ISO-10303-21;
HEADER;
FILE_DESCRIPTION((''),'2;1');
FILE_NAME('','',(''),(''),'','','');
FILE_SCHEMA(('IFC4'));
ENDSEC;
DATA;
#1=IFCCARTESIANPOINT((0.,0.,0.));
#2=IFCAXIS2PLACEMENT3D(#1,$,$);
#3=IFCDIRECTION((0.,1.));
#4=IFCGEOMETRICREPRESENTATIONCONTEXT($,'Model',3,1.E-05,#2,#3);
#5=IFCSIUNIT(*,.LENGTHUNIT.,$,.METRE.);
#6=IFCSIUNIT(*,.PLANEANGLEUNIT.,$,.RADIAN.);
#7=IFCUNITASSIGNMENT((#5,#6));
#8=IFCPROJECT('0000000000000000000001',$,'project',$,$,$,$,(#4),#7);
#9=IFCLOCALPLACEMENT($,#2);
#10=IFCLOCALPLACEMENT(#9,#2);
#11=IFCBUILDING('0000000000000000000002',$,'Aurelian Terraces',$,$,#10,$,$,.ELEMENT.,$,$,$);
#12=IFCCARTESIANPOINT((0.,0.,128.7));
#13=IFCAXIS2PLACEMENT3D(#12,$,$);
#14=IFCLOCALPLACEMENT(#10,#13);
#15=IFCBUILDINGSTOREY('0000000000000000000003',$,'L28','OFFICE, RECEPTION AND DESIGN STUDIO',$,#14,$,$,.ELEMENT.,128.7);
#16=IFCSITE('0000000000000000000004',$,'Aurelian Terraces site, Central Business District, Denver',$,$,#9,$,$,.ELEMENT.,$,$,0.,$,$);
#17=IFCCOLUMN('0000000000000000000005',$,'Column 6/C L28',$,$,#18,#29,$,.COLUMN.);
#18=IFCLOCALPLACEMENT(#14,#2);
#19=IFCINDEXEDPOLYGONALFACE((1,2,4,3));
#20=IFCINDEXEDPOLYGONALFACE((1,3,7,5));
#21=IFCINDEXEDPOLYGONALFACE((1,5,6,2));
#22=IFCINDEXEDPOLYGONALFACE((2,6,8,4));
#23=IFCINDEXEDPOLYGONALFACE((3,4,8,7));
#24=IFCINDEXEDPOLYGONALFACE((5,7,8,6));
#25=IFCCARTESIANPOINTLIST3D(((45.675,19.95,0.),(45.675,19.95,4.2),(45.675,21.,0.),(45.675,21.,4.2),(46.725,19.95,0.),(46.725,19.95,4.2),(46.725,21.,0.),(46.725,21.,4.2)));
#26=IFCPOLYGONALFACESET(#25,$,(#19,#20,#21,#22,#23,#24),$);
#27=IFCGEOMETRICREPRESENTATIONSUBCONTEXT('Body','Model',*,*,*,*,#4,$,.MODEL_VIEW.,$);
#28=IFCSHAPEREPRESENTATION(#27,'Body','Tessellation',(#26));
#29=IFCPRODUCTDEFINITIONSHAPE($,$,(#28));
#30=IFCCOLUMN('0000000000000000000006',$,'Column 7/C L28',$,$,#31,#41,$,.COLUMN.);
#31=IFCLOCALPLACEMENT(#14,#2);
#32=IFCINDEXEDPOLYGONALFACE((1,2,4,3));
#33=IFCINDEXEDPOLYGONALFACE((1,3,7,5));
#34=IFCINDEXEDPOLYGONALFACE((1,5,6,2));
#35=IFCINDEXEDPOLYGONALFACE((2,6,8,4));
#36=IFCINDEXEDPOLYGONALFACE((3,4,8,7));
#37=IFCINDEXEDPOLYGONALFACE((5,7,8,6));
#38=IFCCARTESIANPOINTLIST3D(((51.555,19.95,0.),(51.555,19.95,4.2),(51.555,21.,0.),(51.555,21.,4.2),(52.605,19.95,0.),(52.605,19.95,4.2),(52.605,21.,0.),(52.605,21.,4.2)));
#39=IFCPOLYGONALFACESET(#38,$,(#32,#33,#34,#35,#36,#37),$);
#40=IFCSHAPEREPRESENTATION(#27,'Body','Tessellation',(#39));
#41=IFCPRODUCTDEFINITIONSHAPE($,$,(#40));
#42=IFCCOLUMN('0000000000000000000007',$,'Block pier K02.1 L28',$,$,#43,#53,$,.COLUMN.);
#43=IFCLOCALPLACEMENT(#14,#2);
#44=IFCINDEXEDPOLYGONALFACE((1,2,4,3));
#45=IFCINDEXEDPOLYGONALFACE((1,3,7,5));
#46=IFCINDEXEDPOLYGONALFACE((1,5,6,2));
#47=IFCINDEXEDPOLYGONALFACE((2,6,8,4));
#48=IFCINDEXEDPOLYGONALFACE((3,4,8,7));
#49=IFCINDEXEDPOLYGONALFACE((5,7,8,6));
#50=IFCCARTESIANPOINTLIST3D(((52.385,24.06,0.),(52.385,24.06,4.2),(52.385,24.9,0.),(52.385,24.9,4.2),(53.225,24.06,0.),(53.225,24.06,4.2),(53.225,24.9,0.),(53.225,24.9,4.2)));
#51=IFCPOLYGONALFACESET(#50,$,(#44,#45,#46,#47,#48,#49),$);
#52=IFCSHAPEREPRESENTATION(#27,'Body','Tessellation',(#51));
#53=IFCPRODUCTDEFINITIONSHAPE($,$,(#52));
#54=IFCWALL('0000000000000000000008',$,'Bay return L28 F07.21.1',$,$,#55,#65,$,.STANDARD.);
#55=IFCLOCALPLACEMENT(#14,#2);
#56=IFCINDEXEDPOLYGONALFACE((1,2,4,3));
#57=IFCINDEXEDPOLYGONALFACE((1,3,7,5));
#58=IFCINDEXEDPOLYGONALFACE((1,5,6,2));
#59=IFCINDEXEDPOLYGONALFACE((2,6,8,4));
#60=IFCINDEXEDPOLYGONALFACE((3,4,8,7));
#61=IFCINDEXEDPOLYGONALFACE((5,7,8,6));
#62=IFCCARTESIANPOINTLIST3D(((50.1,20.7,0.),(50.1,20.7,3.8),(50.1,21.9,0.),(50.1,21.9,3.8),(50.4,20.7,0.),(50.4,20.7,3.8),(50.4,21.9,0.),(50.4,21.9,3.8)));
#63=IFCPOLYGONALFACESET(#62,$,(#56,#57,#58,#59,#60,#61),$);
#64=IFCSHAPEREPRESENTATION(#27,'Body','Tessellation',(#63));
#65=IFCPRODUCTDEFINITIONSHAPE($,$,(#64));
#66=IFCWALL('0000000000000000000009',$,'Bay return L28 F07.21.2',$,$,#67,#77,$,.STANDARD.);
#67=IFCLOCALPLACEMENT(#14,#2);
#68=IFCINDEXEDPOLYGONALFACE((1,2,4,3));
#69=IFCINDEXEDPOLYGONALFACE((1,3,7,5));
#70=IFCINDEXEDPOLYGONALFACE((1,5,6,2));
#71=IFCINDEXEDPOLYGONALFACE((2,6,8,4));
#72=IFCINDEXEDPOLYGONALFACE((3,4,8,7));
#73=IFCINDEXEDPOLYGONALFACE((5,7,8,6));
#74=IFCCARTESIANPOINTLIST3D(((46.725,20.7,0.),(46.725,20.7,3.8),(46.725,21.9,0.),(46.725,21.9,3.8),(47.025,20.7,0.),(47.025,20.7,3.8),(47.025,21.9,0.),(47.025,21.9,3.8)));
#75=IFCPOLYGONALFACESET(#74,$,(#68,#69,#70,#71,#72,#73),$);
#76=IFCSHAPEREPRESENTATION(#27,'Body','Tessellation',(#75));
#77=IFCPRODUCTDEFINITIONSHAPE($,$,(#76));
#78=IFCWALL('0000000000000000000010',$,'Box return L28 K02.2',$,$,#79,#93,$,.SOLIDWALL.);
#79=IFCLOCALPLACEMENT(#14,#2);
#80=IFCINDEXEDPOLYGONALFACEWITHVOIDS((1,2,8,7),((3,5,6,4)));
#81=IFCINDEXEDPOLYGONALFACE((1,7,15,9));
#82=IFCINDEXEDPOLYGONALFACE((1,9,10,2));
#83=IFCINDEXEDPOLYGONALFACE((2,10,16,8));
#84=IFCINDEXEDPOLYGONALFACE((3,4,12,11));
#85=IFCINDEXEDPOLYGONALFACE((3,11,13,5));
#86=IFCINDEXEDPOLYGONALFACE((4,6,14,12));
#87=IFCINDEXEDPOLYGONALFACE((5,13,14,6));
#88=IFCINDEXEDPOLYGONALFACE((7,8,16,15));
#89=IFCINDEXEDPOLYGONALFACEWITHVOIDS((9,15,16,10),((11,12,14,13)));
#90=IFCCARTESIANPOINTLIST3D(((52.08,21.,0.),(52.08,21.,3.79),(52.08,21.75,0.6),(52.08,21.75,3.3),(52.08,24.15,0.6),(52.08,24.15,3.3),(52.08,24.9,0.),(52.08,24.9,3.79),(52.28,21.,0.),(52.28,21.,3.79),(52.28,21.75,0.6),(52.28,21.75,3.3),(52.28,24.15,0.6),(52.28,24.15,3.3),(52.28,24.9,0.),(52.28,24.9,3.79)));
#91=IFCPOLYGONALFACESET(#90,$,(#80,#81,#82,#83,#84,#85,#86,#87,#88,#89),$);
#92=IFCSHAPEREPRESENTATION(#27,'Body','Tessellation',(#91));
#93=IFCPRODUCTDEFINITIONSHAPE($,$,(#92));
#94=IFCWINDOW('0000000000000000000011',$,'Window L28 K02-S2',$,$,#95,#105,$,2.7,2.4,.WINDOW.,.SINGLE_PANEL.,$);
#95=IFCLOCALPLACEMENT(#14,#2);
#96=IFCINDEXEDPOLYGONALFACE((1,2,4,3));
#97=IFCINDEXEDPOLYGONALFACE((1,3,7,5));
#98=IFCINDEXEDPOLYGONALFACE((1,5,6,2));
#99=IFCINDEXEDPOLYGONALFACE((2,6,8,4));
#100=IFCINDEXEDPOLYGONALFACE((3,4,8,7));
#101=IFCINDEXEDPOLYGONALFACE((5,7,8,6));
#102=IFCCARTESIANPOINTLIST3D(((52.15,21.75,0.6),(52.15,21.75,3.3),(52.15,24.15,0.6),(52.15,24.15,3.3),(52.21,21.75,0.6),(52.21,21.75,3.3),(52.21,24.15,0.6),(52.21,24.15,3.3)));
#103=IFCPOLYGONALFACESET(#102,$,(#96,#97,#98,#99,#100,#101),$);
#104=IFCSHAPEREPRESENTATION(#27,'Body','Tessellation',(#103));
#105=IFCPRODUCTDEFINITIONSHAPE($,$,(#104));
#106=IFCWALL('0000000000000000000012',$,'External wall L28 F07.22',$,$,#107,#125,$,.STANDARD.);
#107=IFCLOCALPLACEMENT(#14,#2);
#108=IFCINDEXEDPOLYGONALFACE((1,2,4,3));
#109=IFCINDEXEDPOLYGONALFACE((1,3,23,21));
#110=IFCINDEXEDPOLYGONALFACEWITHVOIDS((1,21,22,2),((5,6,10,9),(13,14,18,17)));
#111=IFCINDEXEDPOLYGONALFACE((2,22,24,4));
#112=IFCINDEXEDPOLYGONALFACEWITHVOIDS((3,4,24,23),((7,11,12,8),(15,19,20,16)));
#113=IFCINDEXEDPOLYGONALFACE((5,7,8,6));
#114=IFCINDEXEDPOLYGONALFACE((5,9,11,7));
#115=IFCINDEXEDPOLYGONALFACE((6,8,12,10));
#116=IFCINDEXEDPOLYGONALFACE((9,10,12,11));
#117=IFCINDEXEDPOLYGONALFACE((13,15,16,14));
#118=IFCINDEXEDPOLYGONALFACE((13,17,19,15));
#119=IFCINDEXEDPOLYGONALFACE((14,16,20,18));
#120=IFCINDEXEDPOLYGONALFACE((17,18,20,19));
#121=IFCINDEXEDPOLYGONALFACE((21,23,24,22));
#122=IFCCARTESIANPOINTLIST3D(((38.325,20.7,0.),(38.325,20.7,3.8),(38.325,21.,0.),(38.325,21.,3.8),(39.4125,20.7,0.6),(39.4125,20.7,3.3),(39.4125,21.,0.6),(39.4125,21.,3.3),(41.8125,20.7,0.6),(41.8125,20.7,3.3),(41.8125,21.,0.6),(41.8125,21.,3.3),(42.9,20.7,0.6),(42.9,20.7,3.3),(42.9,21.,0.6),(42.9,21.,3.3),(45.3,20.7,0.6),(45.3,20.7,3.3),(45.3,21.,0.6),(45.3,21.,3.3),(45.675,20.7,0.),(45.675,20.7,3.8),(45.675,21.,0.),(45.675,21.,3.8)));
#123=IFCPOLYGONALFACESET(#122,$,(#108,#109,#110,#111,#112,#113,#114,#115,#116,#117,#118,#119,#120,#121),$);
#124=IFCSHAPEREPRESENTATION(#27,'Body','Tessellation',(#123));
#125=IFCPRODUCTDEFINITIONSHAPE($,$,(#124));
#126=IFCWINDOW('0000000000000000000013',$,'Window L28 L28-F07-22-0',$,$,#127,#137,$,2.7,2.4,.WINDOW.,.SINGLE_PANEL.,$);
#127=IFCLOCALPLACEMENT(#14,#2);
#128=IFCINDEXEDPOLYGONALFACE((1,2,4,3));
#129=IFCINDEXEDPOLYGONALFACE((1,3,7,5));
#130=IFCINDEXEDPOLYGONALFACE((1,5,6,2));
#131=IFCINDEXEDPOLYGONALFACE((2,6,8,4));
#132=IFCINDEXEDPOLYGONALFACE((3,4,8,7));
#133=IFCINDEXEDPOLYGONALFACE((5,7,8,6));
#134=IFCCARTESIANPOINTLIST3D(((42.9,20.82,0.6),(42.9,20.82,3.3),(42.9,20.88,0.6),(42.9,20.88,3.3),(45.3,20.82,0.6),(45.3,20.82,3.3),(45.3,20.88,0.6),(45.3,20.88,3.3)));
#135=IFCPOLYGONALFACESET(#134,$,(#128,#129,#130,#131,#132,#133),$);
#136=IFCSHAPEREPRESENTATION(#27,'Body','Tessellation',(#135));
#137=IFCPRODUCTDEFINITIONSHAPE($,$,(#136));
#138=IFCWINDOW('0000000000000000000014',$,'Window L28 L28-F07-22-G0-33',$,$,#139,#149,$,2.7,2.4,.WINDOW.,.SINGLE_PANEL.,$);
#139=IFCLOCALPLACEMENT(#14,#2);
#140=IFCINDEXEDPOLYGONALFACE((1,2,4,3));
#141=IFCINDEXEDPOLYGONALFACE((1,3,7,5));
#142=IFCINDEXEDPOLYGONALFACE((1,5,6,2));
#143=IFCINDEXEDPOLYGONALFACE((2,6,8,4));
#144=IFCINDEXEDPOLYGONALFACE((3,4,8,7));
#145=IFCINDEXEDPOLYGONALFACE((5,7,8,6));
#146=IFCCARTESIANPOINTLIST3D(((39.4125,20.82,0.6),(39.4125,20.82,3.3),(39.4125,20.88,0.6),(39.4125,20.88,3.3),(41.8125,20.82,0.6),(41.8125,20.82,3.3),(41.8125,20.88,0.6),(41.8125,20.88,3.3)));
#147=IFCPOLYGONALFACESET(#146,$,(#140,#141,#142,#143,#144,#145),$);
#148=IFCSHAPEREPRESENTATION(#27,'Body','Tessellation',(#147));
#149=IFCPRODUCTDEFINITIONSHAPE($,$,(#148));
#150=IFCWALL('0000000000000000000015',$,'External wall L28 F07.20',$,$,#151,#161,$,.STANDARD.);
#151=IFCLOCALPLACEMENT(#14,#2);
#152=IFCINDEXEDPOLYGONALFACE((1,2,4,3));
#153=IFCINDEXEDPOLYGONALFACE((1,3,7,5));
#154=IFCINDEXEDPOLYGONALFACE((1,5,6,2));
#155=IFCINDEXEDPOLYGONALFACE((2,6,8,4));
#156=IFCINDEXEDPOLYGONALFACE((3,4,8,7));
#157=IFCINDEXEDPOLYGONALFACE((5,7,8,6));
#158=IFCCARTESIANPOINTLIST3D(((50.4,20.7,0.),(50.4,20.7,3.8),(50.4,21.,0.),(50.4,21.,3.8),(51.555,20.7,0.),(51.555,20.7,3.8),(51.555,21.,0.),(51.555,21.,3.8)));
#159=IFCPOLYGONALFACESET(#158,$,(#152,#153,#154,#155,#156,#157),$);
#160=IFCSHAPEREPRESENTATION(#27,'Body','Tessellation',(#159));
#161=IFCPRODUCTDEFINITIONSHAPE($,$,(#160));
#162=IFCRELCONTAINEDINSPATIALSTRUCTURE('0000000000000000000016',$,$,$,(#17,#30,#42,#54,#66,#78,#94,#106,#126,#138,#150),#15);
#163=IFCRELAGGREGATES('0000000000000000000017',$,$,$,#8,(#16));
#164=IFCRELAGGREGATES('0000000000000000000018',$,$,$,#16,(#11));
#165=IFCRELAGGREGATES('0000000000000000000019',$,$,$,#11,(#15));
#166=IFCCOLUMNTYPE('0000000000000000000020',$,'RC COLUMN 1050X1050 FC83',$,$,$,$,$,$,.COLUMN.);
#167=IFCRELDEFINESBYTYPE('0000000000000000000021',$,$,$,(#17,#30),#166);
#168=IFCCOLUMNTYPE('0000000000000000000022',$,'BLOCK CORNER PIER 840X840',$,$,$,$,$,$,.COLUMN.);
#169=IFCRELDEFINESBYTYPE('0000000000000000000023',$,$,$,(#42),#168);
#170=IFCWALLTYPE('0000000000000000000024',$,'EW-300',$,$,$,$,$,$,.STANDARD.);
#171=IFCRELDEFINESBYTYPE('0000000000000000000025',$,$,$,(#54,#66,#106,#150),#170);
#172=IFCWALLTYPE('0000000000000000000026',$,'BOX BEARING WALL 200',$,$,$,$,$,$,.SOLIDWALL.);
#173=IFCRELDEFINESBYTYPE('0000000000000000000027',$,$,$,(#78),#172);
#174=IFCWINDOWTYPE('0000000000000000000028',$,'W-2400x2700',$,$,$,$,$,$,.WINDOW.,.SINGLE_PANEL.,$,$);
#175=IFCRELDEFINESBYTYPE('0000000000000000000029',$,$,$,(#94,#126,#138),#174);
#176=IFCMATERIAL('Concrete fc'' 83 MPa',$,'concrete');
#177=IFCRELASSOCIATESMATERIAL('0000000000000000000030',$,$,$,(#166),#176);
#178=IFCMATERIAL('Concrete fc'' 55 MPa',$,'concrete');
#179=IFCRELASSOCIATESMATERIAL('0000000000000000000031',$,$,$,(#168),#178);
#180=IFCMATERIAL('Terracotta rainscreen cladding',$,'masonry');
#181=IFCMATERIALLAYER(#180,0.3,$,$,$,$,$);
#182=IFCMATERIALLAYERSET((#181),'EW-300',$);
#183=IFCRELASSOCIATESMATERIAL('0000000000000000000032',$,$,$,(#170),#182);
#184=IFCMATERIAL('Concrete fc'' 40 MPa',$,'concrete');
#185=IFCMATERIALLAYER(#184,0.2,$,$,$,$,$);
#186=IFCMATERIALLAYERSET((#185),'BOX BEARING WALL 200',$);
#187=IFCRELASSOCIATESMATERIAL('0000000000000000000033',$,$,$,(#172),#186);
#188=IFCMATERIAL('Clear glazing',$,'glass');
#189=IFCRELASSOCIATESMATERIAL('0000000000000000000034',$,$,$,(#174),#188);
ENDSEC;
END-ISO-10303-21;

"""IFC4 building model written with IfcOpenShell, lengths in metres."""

from ifc_helpers import new_model, si_unit, direction, frame, frame_2d, origin, origin_2d, place, context, subcontext, project, spatial, rectangle, extrude, source, transform, mapped, material, layer, layer_set, material_profile, profile_set, type_object, element, fill, save


model = new_model("IFC4")

# Units and contexts
model_context = context("Model", 3, precision=1e-05, world=origin(), true_north=direction((0.0, 1.0)))
body_context = subcontext(model_context, "Body", "Model", "MODEL_VIEW")
ifc_project = project(units=[si_unit("LENGTHUNIT", "METRE"), si_unit("PLANEANGLEUNIT", "RADIAN")], contexts=[model_context])

# Site, building, storey
site_placement = place(None, origin())
site = spatial("IfcSite", under=ifc_project, at=site_placement, Name="Aurelian Terraces site, Central Business District, Denver", CompositionType="ELEMENT", RefElevation=0.0)
building_placement = place(site_placement, origin())
building = spatial("IfcBuilding", under=site, at=building_placement, Name="Aurelian Terraces", CompositionType="ELEMENT")
storey_placement = place(building_placement, frame((0.0, 0.0, 128.7)))
storey = spatial("IfcBuildingStorey", under=building, at=storey_placement, Name="L28", Description="OFFICE, RECEPTION AND DESIGN STUDIO", CompositionType="ELEMENT", Elevation=128.7)

# Columns
ifc_material_1 = material(Name="Concrete fc' 83 MPa", Category="concrete")
ifc_material_profile_1 = material_profile(ifc_material_1, rectangle(XDim=1.05, YDim=1.05, at=origin_2d()))
ifc_profile_set_1 = profile_set([ifc_material_profile_1], Name="Concrete fc' 83 MPa")
column_type_1 = type_object("IfcColumnType", Name="RC COLUMN 1050X1050 FC83", PredefinedType="COLUMN", material=ifc_profile_set_1)
shared_shape_1 = source(origin(), body_context, "Body", "SweptSolid", [
    extrude(rectangle(XDim=1.05, YDim=1.05, at=origin_2d()), origin(), (0.0, 0.0, 1.0), 4.2),
])
for number, where, z_axis, x_axis, name in (
    (1, (46.2, 20.475, 0.0), (0.0, 0.0, 1.0), (1.0, 0.0, 0.0), "Column 6/C L28"),
    (2, (52.08, 20.475, 0.0), (0.0, 0.0, 1.0), (1.0, 0.0, 0.0), "Column 7/C L28"),
):
    element("IfcColumn", number, at=place(storey_placement, frame(where, z_axis=z_axis, x_axis=x_axis)), inside=storey, type_object=column_type_1, Name=name, PredefinedType="COLUMN", context=body_context, shape_type="MappedRepresentation", body=[
        mapped(shared_shape_1, transform((0.0, 0.0, 0.0), scale=1.0)),
    ])
ifc_material_2 = material(Name="Concrete fc' 55 MPa", Category="concrete")
ifc_material_profile_2 = material_profile(ifc_material_2, rectangle(XDim=0.84, YDim=0.84, at=origin_2d()))
ifc_profile_set_2 = profile_set([ifc_material_profile_2], Name="Concrete fc' 55 MPa")
column_type_2 = type_object("IfcColumnType", Name="BLOCK CORNER PIER 840X840", PredefinedType="COLUMN", material=ifc_profile_set_2)
shared_shape_2 = source(origin(), body_context, "Body", "SweptSolid", [
    extrude(rectangle(XDim=0.84, YDim=0.84, at=origin_2d()), origin(), (0.0, 0.0, 1.0), 4.2),
])
column_placement = place(storey_placement, frame((52.805, 24.48, 0.0), z_axis=(0.0, 0.0, 1.0), x_axis=(1.0, 0.0, 0.0)))
element("IfcColumn", 3, at=column_placement, inside=storey, type_object=column_type_2, Name="Block pier K02.1 L28", PredefinedType="COLUMN", context=body_context, shape_type="MappedRepresentation", body=[
    mapped(shared_shape_2, transform((0.0, 0.0, 0.0), scale=1.0)),
])

# Walls
ifc_material_3 = material(Name="Terracotta rainscreen cladding", Category="masonry")
ifc_layer_1 = layer(ifc_material_3, 0.3)
ifc_layer_set_1 = layer_set([ifc_layer_1], Name="EW-300")
wall_type_1 = type_object("IfcWallType", Name="EW-300", PredefinedType="STANDARD", material=ifc_layer_set_1)
shared_shape_3 = source(origin(), body_context, "Body", "SweptSolid", [
    extrude(rectangle(XDim=1.2, YDim=0.3, at=frame_2d((0.6, 0.0))), origin(), (0.0, 0.0, 1.0), 3.8),
])
for number, where, z_axis, x_axis, name in (
    (4, (50.25, 20.7, 0.0), (0.0, 0.0, 1.0), (0.0, 1.0, 0.0), "Bay return L28 F07.21.1"),
    (5, (46.875, 20.7, 0.0), (0.0, 0.0, 1.0), (0.0, 1.0, 0.0), "Bay return L28 F07.21.2"),
):
    element("IfcWall", number, at=place(storey_placement, frame(where, z_axis=z_axis, x_axis=x_axis)), inside=storey, type_object=wall_type_1, Name=name, PredefinedType="STANDARD", context=body_context, shape_type="MappedRepresentation", body=[
        mapped(shared_shape_3, transform((0.0, 0.0, 0.0), scale=1.0)),
    ])

# Wall, opening, window
ifc_material_4 = material(Name="Concrete fc' 40 MPa", Category="concrete")
ifc_layer_2 = layer(ifc_material_4, 0.2)
ifc_layer_set_2 = layer_set([ifc_layer_2], Name="BOX BEARING WALL 200")
wall_type_2 = type_object("IfcWallType", Name="BOX BEARING WALL 200", PredefinedType="SOLIDWALL", material=ifc_layer_set_2)
shared_shape_4 = source(origin(), body_context, "Body", "SweptSolid", [
    extrude(rectangle(XDim=3.9, YDim=0.2, at=frame_2d((1.95, 0.0))), origin(), (0.0, 0.0, 1.0), 3.79),
])
wall_1_placement = place(storey_placement, frame((52.18, 21.0, 0.0), z_axis=(0.0, 0.0, 1.0), x_axis=(0.0, 1.0, 0.0)))
wall_1 = element("IfcWall", 6, at=wall_1_placement, inside=storey, type_object=wall_type_2, Name="Box return L28 K02.2", PredefinedType="SOLIDWALL", context=body_context, shape_type="MappedRepresentation", body=[
    mapped(shared_shape_4, transform((0.0, 0.0, 0.0), scale=1.0)),
])
shared_shape_5 = source(origin(), body_context, "Body", "SweptSolid", [
    extrude(rectangle(XDim=2.4, YDim=2.7, at=frame_2d((1.2, 1.35))), frame((0.0, 0.11, 0.0), z_axis=(0.0, -1.0, 0.0), x_axis=(1.0, 0.0, 0.0)), (0.0, 0.0, 1.0), 0.22),
])
opening_1_placement = place(wall_1_placement, frame((0.75, 0.0, 0.6)))
opening_1 = element("IfcOpeningElement", 7, at=opening_1_placement, cuts=wall_1, PredefinedType="OPENING", context=body_context, shape_type="MappedRepresentation", body=[
    mapped(shared_shape_5, transform((0.0, 0.0, 0.0), scale=1.0)),
])
ifc_material_5 = material(Name="Clear glazing", Category="glass")
window_type = type_object("IfcWindowType", Name="W-2400x2700", PartitioningType="SINGLE_PANEL", PredefinedType="WINDOW", material=ifc_material_5)
shared_shape_6 = source(origin(), body_context, "Body", "SweptSolid", [
    extrude(rectangle(XDim=2.4, YDim=2.7, at=frame_2d((1.2, 1.35))), frame((0.0, 0.03, 0.0), z_axis=(0.0, -1.0, 0.0), x_axis=(1.0, 0.0, 0.0)), (0.0, 0.0, 1.0), 0.06),
])
window_1_placement = place(opening_1_placement, origin())
window_1 = element("IfcWindow", 8, at=window_1_placement, inside=storey, type_object=window_type, Name="Window L28 K02-S2", OverallHeight=2.7, OverallWidth=2.4, PartitioningType="SINGLE_PANEL", PredefinedType="WINDOW", context=body_context, shape_type="MappedRepresentation", body=[
    mapped(shared_shape_6, transform((0.0, 0.0, 0.0), scale=1.0)),
])
fill(opening_1, window_1)

# Wall, openings, windows
shared_shape_7 = source(origin(), body_context, "Body", "SweptSolid", [
    extrude(rectangle(XDim=7.35, YDim=0.3, at=frame_2d((3.675, 0.0))), origin(), (0.0, 0.0, 1.0), 3.8),
])
wall_2_placement = place(storey_placement, frame((45.675, 20.85, 0.0), z_axis=(0.0, 0.0, 1.0), x_axis=(-1.0, 0.0, 0.0)))
wall_2 = element("IfcWall", 9, at=wall_2_placement, inside=storey, type_object=wall_type_1, Name="External wall L28 F07.22", PredefinedType="STANDARD", context=body_context, shape_type="MappedRepresentation", body=[
    mapped(shared_shape_7, transform((0.0, 0.0, 0.0), scale=1.0)),
])
shared_shape_8 = source(origin(), body_context, "Body", "SweptSolid", [
    extrude(rectangle(XDim=2.4, YDim=2.7, at=frame_2d((1.2, 1.35))), frame((0.0, 0.16, 0.0), z_axis=(0.0, -1.0, 0.0), x_axis=(1.0, 0.0, 0.0)), (0.0, 0.0, 1.0), 0.32),
])
opening_2_placement = place(wall_2_placement, frame((0.375, 0.0, 0.6)))
opening_2 = element("IfcOpeningElement", 10, at=opening_2_placement, cuts=wall_2, PredefinedType="OPENING", context=body_context, shape_type="MappedRepresentation", body=[
    mapped(shared_shape_8, transform((0.0, 0.0, 0.0), scale=1.0)),
])
opening_3_placement = place(wall_2_placement, frame((3.8625, 0.0, 0.6)))
opening_3 = element("IfcOpeningElement", 11, at=opening_3_placement, cuts=wall_2, PredefinedType="OPENING", context=body_context, shape_type="MappedRepresentation", body=[
    mapped(shared_shape_8, transform((0.0, 0.0, 0.0), scale=1.0)),
])
window_2_placement = place(opening_2_placement, origin())
window_2 = element("IfcWindow", 12, at=window_2_placement, inside=storey, type_object=window_type, Name="Window L28 L28-F07-22-0", OverallHeight=2.7, OverallWidth=2.4, PartitioningType="SINGLE_PANEL", PredefinedType="WINDOW", context=body_context, shape_type="MappedRepresentation", body=[
    mapped(shared_shape_6, transform((0.0, 0.0, 0.0), scale=1.0)),
])
fill(opening_2, window_2)
window_3_placement = place(opening_3_placement, origin())
window_3 = element("IfcWindow", 13, at=window_3_placement, inside=storey, type_object=window_type, Name="Window L28 L28-F07-22-G0-33", OverallHeight=2.7, OverallWidth=2.4, PartitioningType="SINGLE_PANEL", PredefinedType="WINDOW", context=body_context, shape_type="MappedRepresentation", body=[
    mapped(shared_shape_6, transform((0.0, 0.0, 0.0), scale=1.0)),
])
fill(opening_3, window_3)

# Wall
shared_shape_9 = source(origin(), body_context, "Body", "SweptSolid", [
    extrude(rectangle(XDim=1.155, YDim=0.3, at=frame_2d((0.5775, 0.0))), origin(), (0.0, 0.0, 1.0), 3.8),
])
wall_3_placement = place(storey_placement, frame((51.555, 20.85, 0.0), z_axis=(0.0, 0.0, 1.0), x_axis=(-1.0, 0.0, 0.0)))
element("IfcWall", 14, at=wall_3_placement, inside=storey, type_object=wall_type_1, Name="External wall L28 F07.20", PredefinedType="STANDARD", context=body_context, shape_type="MappedRepresentation", body=[
    mapped(shared_shape_9, transform((0.0, 0.0, 0.0), scale=1.0)),
])

save(model, "model.ifc")
